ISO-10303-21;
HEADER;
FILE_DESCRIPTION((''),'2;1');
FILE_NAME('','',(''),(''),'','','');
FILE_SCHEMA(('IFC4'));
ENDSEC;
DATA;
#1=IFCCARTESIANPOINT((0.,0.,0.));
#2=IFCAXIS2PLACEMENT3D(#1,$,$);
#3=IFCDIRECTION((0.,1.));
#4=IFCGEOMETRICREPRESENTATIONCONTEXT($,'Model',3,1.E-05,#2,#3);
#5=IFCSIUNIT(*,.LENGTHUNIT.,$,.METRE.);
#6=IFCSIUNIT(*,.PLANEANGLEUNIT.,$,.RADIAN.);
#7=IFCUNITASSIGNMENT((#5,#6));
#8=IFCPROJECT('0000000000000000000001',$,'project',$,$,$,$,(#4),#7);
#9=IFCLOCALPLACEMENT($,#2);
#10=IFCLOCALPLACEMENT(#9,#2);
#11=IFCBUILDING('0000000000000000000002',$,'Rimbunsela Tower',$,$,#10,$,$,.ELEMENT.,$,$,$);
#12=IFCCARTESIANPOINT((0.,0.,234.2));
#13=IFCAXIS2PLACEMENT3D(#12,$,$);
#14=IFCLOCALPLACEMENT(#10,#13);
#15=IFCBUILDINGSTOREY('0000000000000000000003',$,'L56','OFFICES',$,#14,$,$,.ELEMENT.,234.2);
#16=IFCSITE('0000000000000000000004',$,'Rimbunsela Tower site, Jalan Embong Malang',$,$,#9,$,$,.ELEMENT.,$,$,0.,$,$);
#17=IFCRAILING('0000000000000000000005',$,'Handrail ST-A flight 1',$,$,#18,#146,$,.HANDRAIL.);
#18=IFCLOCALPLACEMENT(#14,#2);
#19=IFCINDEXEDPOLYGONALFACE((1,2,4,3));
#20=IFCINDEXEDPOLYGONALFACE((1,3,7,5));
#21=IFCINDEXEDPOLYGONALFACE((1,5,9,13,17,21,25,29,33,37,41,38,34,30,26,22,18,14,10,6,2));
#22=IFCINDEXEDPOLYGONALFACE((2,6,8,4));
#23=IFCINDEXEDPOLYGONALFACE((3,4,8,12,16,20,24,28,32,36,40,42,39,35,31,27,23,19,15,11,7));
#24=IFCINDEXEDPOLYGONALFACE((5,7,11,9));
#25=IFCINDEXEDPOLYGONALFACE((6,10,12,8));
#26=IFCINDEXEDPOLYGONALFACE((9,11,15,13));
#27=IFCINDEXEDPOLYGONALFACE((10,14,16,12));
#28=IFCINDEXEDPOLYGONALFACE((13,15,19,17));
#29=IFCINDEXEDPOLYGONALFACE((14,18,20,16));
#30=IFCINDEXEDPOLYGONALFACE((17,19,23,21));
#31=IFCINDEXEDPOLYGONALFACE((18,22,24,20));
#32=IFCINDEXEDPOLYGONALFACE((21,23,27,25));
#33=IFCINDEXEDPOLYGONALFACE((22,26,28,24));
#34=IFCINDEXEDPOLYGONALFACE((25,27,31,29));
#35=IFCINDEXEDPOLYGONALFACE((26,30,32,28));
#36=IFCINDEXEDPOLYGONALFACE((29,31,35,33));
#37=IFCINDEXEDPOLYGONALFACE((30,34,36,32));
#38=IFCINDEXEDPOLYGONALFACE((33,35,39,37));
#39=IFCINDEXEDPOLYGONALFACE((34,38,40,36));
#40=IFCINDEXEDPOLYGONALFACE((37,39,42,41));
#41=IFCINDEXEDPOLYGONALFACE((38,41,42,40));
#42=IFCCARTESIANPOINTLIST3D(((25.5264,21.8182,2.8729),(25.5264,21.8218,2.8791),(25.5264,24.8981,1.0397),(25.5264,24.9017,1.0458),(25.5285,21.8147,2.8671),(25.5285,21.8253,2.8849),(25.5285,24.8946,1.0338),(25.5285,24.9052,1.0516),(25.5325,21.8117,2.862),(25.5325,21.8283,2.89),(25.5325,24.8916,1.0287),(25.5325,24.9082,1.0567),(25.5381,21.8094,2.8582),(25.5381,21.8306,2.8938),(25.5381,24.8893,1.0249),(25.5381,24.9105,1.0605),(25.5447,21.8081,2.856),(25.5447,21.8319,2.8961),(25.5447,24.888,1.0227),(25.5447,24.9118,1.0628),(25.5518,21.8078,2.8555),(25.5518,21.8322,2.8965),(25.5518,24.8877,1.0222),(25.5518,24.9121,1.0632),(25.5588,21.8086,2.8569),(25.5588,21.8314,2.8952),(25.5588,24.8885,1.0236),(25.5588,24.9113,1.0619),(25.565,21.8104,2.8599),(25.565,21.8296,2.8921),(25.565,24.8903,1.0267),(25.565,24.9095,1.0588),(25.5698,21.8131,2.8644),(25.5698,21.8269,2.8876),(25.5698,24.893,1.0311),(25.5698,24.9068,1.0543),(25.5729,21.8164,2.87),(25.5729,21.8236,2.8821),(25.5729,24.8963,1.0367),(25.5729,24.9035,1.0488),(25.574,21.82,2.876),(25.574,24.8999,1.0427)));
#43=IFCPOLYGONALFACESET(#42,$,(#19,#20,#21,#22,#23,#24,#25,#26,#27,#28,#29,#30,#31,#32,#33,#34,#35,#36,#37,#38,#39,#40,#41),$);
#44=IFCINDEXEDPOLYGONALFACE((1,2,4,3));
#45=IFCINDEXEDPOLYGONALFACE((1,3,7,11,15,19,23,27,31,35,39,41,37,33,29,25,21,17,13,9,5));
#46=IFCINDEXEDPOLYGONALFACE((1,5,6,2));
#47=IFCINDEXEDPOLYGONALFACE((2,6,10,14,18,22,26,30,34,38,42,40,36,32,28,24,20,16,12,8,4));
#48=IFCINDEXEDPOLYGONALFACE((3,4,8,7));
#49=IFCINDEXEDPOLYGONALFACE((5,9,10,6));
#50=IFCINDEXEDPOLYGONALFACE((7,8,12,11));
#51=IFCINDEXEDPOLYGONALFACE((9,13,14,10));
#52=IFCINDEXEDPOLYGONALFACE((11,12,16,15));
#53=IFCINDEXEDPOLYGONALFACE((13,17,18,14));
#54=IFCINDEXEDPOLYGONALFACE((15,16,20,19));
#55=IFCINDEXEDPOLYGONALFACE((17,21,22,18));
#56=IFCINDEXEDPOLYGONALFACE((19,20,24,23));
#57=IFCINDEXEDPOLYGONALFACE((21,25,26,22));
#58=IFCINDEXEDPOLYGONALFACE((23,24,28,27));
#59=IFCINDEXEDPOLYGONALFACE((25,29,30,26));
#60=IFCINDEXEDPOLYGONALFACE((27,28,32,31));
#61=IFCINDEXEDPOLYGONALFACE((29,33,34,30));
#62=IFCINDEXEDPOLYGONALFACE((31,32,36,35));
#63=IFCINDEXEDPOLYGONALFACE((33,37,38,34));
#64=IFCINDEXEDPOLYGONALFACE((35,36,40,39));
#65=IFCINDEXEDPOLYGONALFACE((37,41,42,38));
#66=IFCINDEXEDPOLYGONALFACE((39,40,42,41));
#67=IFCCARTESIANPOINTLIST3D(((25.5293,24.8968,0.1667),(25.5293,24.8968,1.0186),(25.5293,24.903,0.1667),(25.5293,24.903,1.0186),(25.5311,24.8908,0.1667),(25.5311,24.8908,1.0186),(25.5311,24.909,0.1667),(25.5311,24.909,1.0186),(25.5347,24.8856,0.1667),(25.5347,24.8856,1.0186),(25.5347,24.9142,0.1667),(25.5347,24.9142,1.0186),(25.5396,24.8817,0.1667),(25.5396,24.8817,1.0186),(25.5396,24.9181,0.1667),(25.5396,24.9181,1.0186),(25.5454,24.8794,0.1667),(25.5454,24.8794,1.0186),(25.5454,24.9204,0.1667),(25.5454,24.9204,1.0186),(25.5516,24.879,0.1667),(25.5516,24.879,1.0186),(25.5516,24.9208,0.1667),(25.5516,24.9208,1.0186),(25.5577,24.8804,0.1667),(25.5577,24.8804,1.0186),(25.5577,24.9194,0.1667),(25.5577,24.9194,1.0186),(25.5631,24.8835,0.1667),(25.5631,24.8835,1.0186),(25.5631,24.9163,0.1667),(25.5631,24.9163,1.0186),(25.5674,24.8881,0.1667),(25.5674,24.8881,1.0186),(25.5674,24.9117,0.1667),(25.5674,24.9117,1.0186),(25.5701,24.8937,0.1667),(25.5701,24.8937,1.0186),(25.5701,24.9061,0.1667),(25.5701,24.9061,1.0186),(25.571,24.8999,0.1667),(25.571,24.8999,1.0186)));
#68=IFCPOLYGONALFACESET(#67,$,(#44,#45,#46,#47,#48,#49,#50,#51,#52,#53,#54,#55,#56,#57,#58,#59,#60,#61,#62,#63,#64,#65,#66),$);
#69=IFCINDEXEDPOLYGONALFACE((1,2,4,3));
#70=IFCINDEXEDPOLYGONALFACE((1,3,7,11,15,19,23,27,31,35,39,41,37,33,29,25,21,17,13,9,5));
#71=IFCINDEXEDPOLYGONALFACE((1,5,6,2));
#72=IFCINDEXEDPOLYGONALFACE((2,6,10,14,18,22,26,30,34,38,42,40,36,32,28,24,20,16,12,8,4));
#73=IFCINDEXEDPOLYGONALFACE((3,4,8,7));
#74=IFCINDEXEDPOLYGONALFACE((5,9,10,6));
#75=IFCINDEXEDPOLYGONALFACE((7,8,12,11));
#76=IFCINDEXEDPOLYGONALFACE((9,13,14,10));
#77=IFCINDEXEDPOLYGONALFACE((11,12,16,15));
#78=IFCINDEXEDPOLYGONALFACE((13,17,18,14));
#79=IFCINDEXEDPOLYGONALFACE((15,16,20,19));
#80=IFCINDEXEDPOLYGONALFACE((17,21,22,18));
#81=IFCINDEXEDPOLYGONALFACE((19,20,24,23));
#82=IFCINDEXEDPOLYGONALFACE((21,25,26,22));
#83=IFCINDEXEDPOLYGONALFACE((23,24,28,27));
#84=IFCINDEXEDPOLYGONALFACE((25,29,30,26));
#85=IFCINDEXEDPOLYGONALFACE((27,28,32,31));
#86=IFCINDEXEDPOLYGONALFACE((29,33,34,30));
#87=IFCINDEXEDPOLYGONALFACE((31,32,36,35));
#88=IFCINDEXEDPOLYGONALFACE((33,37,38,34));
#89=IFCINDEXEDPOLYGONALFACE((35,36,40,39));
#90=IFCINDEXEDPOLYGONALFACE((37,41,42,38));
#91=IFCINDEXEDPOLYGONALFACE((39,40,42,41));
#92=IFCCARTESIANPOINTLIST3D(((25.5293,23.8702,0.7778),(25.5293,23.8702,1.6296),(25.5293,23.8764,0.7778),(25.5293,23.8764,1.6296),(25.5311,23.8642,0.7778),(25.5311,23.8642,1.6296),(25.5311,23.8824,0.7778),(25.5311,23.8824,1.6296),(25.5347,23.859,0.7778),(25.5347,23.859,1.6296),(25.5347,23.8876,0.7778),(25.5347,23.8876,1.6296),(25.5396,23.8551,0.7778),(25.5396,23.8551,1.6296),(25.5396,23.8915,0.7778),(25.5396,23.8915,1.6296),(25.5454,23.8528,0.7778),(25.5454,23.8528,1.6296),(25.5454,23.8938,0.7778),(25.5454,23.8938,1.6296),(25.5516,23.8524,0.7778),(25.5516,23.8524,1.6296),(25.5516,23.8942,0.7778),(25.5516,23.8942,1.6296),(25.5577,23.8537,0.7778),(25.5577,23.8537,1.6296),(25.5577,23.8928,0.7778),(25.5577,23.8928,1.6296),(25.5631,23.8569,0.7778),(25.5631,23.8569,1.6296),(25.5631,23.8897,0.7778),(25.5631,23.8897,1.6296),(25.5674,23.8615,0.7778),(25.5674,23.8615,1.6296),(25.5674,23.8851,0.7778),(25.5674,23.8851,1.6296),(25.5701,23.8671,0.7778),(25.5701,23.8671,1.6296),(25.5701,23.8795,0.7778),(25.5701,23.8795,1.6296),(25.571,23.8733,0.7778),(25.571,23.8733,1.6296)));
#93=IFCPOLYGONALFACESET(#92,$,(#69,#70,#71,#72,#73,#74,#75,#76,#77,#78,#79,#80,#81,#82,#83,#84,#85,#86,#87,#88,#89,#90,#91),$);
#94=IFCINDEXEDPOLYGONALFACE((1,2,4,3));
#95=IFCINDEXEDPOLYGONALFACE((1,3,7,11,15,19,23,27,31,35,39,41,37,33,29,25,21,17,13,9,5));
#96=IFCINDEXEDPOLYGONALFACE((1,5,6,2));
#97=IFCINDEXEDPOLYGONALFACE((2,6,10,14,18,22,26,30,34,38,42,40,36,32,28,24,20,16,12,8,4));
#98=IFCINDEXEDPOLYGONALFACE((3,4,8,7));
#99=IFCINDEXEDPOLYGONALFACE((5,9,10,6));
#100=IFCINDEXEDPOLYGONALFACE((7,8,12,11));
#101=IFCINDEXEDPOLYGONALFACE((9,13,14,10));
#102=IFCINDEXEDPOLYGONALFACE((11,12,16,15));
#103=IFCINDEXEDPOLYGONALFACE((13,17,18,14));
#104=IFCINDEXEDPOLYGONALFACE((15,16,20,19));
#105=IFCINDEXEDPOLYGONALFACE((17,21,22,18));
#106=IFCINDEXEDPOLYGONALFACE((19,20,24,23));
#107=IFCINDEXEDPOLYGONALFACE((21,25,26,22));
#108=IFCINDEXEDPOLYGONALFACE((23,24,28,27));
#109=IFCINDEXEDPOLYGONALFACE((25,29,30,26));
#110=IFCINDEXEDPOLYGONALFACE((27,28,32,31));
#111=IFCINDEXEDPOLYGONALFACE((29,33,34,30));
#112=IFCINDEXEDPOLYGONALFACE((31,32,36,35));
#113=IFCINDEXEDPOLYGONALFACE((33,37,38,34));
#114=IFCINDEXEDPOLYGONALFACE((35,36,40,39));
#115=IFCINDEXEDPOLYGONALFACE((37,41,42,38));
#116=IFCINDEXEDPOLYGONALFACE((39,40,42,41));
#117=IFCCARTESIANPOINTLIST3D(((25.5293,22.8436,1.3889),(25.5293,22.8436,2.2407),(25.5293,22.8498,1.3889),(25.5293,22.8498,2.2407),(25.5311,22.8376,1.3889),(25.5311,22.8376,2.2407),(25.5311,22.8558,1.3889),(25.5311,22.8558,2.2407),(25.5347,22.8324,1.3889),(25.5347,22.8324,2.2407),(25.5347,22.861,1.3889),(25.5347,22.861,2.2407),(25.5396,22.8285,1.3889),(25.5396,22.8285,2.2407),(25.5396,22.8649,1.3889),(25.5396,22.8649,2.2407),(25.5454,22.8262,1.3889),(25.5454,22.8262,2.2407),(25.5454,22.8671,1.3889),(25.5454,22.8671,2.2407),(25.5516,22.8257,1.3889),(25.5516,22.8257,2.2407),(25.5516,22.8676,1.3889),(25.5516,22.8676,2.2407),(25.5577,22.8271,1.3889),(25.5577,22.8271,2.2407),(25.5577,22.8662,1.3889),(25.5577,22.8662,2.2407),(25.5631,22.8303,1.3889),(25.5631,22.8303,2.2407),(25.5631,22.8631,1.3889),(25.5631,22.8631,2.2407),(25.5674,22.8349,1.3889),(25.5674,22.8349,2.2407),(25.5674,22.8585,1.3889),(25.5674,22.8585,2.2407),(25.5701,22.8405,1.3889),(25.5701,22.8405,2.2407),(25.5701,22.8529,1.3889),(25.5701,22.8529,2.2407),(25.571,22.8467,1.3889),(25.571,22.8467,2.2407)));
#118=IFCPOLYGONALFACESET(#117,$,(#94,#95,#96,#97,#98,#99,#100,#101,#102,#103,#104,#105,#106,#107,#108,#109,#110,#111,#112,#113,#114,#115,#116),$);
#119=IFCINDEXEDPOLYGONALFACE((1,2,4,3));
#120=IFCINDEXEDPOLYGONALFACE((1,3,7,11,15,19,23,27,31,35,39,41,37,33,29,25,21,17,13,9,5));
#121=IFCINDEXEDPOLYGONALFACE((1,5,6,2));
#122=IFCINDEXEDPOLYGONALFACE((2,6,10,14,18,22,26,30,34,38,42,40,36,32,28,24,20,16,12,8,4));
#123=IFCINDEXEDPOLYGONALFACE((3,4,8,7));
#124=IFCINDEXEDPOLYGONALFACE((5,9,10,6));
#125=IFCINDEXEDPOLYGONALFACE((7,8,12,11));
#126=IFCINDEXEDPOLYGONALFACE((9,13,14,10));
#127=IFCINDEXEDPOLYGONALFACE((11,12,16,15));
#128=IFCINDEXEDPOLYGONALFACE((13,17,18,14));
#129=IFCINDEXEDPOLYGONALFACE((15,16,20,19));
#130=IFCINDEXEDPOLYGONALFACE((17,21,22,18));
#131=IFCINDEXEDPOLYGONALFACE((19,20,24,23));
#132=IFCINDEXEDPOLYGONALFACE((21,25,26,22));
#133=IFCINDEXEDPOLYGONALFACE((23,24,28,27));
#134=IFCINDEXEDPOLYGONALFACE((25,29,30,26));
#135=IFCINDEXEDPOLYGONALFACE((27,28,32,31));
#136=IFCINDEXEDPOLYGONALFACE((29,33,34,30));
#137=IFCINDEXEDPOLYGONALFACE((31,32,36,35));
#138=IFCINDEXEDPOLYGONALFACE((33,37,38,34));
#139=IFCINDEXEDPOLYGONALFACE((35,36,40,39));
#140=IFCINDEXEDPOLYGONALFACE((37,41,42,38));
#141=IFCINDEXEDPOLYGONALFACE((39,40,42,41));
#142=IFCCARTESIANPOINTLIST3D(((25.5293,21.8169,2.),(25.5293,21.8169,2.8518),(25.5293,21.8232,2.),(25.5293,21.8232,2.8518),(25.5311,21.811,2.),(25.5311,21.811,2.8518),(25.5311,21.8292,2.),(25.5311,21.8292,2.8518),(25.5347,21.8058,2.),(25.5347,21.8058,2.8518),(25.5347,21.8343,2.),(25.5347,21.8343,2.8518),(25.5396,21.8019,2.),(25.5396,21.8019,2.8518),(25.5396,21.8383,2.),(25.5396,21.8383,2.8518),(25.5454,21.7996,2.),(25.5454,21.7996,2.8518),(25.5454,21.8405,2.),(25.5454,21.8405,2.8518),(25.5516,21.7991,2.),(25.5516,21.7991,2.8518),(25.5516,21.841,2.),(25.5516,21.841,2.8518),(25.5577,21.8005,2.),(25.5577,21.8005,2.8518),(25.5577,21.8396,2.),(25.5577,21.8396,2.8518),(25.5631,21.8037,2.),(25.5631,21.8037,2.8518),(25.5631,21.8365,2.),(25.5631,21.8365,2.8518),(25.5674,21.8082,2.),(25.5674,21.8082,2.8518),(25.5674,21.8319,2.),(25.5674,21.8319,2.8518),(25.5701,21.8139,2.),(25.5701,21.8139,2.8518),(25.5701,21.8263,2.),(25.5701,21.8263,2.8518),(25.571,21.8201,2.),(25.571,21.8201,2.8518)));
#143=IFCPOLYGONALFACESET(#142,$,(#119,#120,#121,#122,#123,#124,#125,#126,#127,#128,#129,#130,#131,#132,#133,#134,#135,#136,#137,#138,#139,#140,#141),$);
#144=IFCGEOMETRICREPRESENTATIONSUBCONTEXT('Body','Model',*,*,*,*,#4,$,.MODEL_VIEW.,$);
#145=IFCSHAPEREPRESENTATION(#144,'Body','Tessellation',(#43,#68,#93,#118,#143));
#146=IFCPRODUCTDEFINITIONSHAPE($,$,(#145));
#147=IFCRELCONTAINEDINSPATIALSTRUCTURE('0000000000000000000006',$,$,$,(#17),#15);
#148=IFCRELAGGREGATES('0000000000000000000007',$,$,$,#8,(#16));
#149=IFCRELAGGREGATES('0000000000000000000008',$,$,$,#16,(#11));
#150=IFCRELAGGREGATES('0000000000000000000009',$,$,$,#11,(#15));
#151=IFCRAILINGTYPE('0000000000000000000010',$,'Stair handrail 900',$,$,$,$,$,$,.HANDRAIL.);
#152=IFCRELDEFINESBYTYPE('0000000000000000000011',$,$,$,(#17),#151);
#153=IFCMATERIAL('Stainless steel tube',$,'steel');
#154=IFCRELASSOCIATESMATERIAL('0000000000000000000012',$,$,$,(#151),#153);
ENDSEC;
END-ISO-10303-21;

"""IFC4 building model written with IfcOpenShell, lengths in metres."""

from ifc_helpers import new_model, si_unit, direction, frame, origin, origin_2d, place, context, subcontext, project, spatial, circle, extrude, material, type_object, element, save


model = new_model("IFC4")

# Units and contexts
model_context = context("Model", 3, precision=1e-05, world=origin(), true_north=direction((0.0, 1.0)))
body_context = subcontext(model_context, "Body", "Model", "MODEL_VIEW")
ifc_project = project(units=[si_unit("LENGTHUNIT", "METRE"), si_unit("PLANEANGLEUNIT", "RADIAN")], contexts=[model_context])

# Site, building, storey
site_placement = place(None, origin())
site = spatial("IfcSite", under=ifc_project, at=site_placement, Name="Rimbunsela Tower site, Jalan Embong Malang", CompositionType="ELEMENT", RefElevation=0.0)
building_placement = place(site_placement, origin())
building = spatial("IfcBuilding", under=site, at=building_placement, Name="Rimbunsela Tower", CompositionType="ELEMENT")
storey_placement = place(building_placement, frame((0.0, 0.0, 234.2)))
storey = spatial("IfcBuildingStorey", under=building, at=storey_placement, Name="L56", Description="OFFICES", CompositionType="ELEMENT", Elevation=234.2)

# Railing
ifc_material_1 = material(Name="Stainless steel tube", Category="steel")
railing_type = type_object("IfcRailingType", Name="Stair handrail 900", PredefinedType="HANDRAIL", material=ifc_material_1)
railing_placement = place(storey_placement, frame((25.55, 24.8999, 0.1667)))
element("IfcRailing", 1, at=railing_placement, inside=storey, type_object=railing_type, Name="Handrail ST-A flight 1", PredefinedType="HANDRAIL", context=body_context, shape_type="SweptSolid", body=[
    extrude(circle(Radius=0.0239, at=origin_2d()), frame((0.0, 0.0, 0.876), z_axis=(0.0, -0.859291, 0.511487), x_axis=(1.0, 0.0, 0.0)), (0.0, 0.0, 1.0), 3.5842),
    extrude(circle(Radius=0.021, at=origin_2d()), origin(), (0.0, 0.0, 1.0), 0.8518),
    extrude(circle(Radius=0.021, at=origin_2d()), frame((0.0, -1.0266, 0.6111)), (0.0, 0.0, 1.0), 0.8518),
    extrude(circle(Radius=0.021, at=origin_2d()), frame((0.0, -2.0532, 1.2222)), (0.0, 0.0, 1.0), 0.8518),
    extrude(circle(Radius=0.021, at=origin_2d()), frame((0.0, -3.0798, 1.8333)), (0.0, 0.0, 1.0), 0.8518),
])

save(model, "model.ifc")
